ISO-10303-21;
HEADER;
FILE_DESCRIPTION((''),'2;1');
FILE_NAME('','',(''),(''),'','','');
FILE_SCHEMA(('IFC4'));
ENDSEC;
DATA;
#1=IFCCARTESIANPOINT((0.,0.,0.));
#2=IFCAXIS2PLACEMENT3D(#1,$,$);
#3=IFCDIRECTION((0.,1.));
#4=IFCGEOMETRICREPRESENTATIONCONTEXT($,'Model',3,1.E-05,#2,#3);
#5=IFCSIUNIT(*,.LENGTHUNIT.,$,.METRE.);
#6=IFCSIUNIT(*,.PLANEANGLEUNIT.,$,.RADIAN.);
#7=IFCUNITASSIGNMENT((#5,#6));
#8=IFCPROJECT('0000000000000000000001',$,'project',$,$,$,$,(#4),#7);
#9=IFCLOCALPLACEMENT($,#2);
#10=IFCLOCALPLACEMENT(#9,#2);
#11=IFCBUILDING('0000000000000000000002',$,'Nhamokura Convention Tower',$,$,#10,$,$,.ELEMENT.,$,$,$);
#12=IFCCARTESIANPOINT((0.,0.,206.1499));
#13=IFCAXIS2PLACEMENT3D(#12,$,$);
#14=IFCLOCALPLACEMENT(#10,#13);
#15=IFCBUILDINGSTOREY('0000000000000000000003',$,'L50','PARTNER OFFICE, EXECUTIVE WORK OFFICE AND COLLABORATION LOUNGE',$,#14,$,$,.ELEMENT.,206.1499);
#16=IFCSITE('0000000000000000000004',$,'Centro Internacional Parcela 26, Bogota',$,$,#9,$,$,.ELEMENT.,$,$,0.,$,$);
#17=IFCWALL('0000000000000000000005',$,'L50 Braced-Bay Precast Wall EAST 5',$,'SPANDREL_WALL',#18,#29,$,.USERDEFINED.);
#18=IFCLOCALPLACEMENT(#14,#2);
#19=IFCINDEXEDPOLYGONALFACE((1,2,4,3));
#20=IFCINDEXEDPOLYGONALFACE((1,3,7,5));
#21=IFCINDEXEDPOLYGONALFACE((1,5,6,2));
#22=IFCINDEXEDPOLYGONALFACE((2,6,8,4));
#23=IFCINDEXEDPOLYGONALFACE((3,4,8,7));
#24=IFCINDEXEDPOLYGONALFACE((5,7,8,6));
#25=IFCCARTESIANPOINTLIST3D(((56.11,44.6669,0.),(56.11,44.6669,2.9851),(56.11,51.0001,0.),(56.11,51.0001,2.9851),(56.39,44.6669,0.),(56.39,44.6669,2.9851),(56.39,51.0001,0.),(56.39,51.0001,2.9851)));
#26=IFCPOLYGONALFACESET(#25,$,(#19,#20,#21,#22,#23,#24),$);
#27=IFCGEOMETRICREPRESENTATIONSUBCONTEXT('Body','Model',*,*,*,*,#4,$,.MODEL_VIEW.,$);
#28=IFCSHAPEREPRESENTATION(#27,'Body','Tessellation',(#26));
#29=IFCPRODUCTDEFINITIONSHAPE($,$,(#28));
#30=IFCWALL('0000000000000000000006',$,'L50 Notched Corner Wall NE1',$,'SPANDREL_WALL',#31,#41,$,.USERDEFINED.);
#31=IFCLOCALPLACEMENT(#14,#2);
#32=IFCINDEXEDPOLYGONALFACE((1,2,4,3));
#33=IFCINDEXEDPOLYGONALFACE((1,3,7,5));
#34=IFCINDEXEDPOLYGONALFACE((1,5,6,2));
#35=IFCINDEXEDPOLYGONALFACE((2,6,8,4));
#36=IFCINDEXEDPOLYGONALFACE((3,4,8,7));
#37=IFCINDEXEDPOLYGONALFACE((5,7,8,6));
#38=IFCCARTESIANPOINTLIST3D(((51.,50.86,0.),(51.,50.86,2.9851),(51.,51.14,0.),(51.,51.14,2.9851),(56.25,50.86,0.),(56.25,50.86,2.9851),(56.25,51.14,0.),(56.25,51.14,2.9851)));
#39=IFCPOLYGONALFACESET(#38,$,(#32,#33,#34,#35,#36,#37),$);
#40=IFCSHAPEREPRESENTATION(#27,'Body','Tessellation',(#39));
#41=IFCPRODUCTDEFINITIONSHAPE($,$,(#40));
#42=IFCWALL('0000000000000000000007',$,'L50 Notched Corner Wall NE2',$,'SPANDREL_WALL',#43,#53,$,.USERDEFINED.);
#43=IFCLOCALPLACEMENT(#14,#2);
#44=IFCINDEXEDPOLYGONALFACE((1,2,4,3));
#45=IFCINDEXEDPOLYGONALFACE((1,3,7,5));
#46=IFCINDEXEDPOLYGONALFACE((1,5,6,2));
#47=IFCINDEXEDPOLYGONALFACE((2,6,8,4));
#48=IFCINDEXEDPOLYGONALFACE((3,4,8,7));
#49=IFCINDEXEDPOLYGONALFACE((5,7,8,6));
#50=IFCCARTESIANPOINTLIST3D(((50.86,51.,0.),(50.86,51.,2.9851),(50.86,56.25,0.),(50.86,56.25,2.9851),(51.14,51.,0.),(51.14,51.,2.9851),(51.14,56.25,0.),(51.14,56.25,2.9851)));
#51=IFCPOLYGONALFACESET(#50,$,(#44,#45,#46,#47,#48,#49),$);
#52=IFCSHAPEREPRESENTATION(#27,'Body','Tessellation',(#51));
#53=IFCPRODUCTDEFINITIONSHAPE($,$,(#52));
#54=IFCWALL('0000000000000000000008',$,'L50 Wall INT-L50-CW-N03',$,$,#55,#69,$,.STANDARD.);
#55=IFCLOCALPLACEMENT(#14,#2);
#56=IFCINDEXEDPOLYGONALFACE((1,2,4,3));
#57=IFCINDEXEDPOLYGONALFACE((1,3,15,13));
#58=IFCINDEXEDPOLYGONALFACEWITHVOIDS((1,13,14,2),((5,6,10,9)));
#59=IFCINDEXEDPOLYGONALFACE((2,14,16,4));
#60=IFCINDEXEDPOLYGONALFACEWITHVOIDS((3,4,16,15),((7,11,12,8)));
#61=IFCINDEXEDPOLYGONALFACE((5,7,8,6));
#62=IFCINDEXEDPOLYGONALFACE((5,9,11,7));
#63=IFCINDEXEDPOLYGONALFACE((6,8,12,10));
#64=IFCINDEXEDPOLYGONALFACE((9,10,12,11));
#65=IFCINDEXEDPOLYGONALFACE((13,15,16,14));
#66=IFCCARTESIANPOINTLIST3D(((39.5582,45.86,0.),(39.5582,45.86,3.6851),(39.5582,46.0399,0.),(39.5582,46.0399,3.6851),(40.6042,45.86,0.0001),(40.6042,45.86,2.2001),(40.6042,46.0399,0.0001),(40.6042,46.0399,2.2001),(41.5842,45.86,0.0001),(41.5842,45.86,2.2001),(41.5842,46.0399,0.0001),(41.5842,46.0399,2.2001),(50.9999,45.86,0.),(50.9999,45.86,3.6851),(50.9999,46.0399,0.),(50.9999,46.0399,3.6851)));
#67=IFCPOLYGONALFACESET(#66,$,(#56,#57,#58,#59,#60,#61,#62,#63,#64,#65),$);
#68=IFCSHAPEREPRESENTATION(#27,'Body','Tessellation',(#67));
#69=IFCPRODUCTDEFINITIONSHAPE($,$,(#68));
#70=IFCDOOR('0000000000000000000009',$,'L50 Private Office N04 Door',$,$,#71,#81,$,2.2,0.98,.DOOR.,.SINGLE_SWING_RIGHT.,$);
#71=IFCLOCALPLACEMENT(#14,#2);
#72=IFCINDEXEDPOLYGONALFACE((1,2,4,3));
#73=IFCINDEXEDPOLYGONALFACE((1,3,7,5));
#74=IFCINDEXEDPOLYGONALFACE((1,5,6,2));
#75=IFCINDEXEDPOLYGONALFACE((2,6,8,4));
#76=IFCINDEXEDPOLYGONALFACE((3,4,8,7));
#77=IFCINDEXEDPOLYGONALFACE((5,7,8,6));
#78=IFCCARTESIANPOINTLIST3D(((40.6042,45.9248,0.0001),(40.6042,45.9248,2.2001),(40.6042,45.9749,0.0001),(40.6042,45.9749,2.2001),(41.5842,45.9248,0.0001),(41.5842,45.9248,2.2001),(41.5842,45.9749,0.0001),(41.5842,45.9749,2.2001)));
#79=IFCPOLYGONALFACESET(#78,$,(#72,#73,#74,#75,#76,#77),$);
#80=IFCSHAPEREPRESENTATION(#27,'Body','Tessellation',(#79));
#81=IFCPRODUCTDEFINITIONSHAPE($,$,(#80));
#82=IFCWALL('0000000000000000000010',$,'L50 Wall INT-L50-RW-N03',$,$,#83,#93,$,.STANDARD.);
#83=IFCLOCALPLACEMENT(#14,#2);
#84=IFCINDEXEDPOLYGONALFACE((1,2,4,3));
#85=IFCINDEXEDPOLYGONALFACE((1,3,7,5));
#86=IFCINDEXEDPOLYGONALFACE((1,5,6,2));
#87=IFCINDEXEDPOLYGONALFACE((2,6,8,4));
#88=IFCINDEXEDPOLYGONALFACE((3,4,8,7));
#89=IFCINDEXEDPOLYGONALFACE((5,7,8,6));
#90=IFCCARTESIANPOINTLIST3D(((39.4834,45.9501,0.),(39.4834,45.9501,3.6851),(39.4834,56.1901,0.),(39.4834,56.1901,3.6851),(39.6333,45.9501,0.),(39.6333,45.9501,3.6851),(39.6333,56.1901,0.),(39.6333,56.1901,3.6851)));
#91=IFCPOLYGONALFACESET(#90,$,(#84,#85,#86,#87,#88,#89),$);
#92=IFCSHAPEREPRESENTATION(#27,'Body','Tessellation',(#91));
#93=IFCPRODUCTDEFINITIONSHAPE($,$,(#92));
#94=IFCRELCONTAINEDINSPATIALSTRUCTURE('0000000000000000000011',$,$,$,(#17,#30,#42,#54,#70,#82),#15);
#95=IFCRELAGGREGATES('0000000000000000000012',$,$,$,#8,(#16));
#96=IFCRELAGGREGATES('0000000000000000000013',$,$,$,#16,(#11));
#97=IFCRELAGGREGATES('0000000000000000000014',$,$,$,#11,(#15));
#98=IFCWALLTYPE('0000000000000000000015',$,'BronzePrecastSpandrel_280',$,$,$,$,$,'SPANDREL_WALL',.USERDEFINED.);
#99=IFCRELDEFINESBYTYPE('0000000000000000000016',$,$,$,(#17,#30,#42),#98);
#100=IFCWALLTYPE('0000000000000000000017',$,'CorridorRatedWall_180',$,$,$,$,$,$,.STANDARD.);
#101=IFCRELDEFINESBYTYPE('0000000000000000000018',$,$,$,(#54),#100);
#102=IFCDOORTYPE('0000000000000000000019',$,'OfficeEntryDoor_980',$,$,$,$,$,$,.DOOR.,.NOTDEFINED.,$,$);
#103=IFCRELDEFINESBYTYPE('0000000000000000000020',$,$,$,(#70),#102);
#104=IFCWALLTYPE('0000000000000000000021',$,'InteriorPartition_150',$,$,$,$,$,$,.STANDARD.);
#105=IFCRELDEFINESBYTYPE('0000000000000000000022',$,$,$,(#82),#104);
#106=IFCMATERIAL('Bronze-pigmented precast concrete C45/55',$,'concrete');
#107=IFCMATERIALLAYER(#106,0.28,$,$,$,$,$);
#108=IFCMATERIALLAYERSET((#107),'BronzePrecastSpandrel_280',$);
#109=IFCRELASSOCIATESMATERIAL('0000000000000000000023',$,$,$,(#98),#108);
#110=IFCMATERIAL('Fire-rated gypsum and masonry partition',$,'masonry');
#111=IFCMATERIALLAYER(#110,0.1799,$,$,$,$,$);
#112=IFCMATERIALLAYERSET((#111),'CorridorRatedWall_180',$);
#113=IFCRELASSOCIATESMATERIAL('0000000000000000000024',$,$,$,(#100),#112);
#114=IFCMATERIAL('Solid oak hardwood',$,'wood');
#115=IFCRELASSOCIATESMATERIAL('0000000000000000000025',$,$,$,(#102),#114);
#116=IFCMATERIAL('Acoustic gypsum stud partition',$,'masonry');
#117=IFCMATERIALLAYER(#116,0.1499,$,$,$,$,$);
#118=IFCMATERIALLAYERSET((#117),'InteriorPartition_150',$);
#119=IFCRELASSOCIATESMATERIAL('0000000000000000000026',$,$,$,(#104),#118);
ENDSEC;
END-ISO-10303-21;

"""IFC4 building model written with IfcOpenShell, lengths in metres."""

from ifc_helpers import new_model, si_unit, direction, frame, frame_2d, origin, place, context, subcontext, project, spatial, rectangle, extrude, material, layer, layer_set, type_object, element, fill, save


model = new_model("IFC4")

# Units and contexts
model_context = context("Model", 3, precision=1e-05, world=origin(), true_north=direction((0.0, 1.0)))
body_context = subcontext(model_context, "Body", "Model", "MODEL_VIEW")
ifc_project = project(units=[si_unit("LENGTHUNIT", "METRE"), si_unit("PLANEANGLEUNIT", "RADIAN")], contexts=[model_context])

# Site, building, storey
site_placement = place(None, origin())
site = spatial("IfcSite", under=ifc_project, at=site_placement, Name="Centro Internacional Parcela 26, Bogota", CompositionType="ELEMENT", RefElevation=0.0)
building_placement = place(site_placement, origin())
building = spatial("IfcBuilding", under=site, at=building_placement, Name="Nhamokura Convention Tower", CompositionType="ELEMENT")
storey_placement = place(building_placement, frame((0.0, 0.0, 206.1499)))
storey = spatial("IfcBuildingStorey", under=building, at=storey_placement, Name="L50", Description="PARTNER OFFICE, EXECUTIVE WORK OFFICE AND COLLABORATION LOUNGE", CompositionType="ELEMENT", Elevation=206.1499)

# Shared definitions
ifc_material_1 = material(Name="Bronze-pigmented precast concrete C45/55", Category="concrete")
ifc_layer_1 = layer(ifc_material_1, 0.28)
ifc_layer_set_1 = layer_set([ifc_layer_1], Name="BronzePrecastSpandrel_280")
wall_type_1 = type_object("IfcWallType", Name="BronzePrecastSpandrel_280", ElementType="SPANDREL_WALL", PredefinedType="USERDEFINED", material=ifc_layer_set_1)

# Walls
for number, where, z_axis, x_axis, name in (
    (1, (56.25, 51.0, 0.0), (0.0, 0.0, 1.0), (0.0, -1.0, 0.0), "L50 Braced-Bay Precast Wall EAST 5"),
):
    element("IfcWall", number, at=place(storey_placement, frame(where, z_axis=z_axis, x_axis=x_axis)), inside=storey, type_object=wall_type_1, Name=name, ObjectType="SPANDREL_WALL", PredefinedType="USERDEFINED", context=body_context, shape_type="SweptSolid", body=[
        extrude(rectangle(XDim=6.3333, YDim=0.28, at=frame_2d((3.1665, 0.0))), origin(), (0.0, 0.0, 1.0), 2.9851),
    ])
for number, where, z_axis, x_axis, name in (
    (2, (51.0, 51.0, 0.0), (0.0, 0.0, 1.0), (1.0, 0.0, 0.0), "L50 Notched Corner Wall NE1"),
    (3, (51.0, 56.25, 0.0), (0.0, 0.0, 1.0), (0.0, -1.0, 0.0), "L50 Notched Corner Wall NE2"),
):
    element("IfcWall", number, at=place(storey_placement, frame(where, z_axis=z_axis, x_axis=x_axis)), inside=storey, type_object=wall_type_1, Name=name, ObjectType="SPANDREL_WALL", PredefinedType="USERDEFINED", context=body_context, shape_type="SweptSolid", body=[
        extrude(rectangle(XDim=5.25, YDim=0.28, at=frame_2d((2.625, 0.0))), origin(), (0.0, 0.0, 1.0), 2.9851),
    ])

# Wall, opening, door
ifc_material_2 = material(Name="Fire-rated gypsum and masonry partition", Category="masonry")
ifc_layer_2 = layer(ifc_material_2, 0.1799)
ifc_layer_set_2 = layer_set([ifc_layer_2], Name="CorridorRatedWall_180")
wall_type_2 = type_object("IfcWallType", Name="CorridorRatedWall_180", PredefinedType="STANDARD", material=ifc_layer_set_2)
wall_1_placement = place(storey_placement, frame((39.5583, 45.95, 0.0), z_axis=(0.0, 0.0, 1.0), x_axis=(1.0, 0.0, 0.0)))
wall_1 = element("IfcWall", 4, at=wall_1_placement, inside=storey, type_object=wall_type_2, Name="L50 Wall INT-L50-CW-N03", PredefinedType="STANDARD", context=body_context, shape_type="SweptSolid", body=[
    extrude(rectangle(XDim=11.4417, YDim=0.1799, at=frame_2d((5.7207, 0.0))), origin(), (0.0, 0.0, 1.0), 3.6851),
])
opening_1_placement = place(wall_1_placement, frame((1.0459, 0.0, 0.0)))
opening_1 = element("IfcOpeningElement", 5, at=opening_1_placement, cuts=wall_1, PredefinedType="OPENING", context=body_context, shape_type="SweptSolid", body=[
    extrude(rectangle(XDim=0.98, YDim=2.2, at=frame_2d((0.49, 1.1001))), frame((0.0, 0.0999, 0.0), z_axis=(0.0, -1.0, 0.0), x_axis=(1.0, 0.0, 0.0)), (0.0, 0.0, 1.0), 0.2),
])
ifc_material_3 = material(Name="Solid oak hardwood", Category="wood")
door_type = type_object("IfcDoorType", Name="OfficeEntryDoor_980", OperationType="NOTDEFINED", PredefinedType="DOOR", material=ifc_material_3)
door_placement = place(opening_1_placement, origin())
door = element("IfcDoor", 6, at=door_placement, inside=storey, type_object=door_type, Name="L50 Private Office N04 Door", OperationType="SINGLE_SWING_RIGHT", OverallHeight=2.2, OverallWidth=0.98, PredefinedType="DOOR", context=body_context, shape_type="SweptSolid", body=[
    extrude(rectangle(XDim=0.98, YDim=2.2, at=frame_2d((0.49, 1.1001))), frame((0.0, 0.0249, 0.0), z_axis=(0.0, -1.0, 0.0), x_axis=(1.0, 0.0, 0.0)), (0.0, 0.0, 1.0), 0.05),
])
fill(opening_1, door)

# Wall
ifc_material_4 = material(Name="Acoustic gypsum stud partition", Category="masonry")
ifc_layer_3 = layer(ifc_material_4, 0.1499)
ifc_layer_set_3 = layer_set([ifc_layer_3], Name="InteriorPartition_150")
wall_type_3 = type_object("IfcWallType", Name="InteriorPartition_150", PredefinedType="STANDARD", material=ifc_layer_set_3)
wall_2_placement = place(storey_placement, frame((39.5583, 45.95, 0.0), z_axis=(0.0, 0.0, 1.0), x_axis=(0.0, 1.0, 0.0)))
element("IfcWall", 7, at=wall_2_placement, inside=storey, type_object=wall_type_3, Name="L50 Wall INT-L50-RW-N03", PredefinedType="STANDARD", context=body_context, shape_type="SweptSolid", body=[
    extrude(rectangle(XDim=10.24, YDim=0.1499, at=frame_2d((5.1201, 0.0))), origin(), (0.0, 0.0, 1.0), 3.6851),
])

save(model, "model.ifc")
